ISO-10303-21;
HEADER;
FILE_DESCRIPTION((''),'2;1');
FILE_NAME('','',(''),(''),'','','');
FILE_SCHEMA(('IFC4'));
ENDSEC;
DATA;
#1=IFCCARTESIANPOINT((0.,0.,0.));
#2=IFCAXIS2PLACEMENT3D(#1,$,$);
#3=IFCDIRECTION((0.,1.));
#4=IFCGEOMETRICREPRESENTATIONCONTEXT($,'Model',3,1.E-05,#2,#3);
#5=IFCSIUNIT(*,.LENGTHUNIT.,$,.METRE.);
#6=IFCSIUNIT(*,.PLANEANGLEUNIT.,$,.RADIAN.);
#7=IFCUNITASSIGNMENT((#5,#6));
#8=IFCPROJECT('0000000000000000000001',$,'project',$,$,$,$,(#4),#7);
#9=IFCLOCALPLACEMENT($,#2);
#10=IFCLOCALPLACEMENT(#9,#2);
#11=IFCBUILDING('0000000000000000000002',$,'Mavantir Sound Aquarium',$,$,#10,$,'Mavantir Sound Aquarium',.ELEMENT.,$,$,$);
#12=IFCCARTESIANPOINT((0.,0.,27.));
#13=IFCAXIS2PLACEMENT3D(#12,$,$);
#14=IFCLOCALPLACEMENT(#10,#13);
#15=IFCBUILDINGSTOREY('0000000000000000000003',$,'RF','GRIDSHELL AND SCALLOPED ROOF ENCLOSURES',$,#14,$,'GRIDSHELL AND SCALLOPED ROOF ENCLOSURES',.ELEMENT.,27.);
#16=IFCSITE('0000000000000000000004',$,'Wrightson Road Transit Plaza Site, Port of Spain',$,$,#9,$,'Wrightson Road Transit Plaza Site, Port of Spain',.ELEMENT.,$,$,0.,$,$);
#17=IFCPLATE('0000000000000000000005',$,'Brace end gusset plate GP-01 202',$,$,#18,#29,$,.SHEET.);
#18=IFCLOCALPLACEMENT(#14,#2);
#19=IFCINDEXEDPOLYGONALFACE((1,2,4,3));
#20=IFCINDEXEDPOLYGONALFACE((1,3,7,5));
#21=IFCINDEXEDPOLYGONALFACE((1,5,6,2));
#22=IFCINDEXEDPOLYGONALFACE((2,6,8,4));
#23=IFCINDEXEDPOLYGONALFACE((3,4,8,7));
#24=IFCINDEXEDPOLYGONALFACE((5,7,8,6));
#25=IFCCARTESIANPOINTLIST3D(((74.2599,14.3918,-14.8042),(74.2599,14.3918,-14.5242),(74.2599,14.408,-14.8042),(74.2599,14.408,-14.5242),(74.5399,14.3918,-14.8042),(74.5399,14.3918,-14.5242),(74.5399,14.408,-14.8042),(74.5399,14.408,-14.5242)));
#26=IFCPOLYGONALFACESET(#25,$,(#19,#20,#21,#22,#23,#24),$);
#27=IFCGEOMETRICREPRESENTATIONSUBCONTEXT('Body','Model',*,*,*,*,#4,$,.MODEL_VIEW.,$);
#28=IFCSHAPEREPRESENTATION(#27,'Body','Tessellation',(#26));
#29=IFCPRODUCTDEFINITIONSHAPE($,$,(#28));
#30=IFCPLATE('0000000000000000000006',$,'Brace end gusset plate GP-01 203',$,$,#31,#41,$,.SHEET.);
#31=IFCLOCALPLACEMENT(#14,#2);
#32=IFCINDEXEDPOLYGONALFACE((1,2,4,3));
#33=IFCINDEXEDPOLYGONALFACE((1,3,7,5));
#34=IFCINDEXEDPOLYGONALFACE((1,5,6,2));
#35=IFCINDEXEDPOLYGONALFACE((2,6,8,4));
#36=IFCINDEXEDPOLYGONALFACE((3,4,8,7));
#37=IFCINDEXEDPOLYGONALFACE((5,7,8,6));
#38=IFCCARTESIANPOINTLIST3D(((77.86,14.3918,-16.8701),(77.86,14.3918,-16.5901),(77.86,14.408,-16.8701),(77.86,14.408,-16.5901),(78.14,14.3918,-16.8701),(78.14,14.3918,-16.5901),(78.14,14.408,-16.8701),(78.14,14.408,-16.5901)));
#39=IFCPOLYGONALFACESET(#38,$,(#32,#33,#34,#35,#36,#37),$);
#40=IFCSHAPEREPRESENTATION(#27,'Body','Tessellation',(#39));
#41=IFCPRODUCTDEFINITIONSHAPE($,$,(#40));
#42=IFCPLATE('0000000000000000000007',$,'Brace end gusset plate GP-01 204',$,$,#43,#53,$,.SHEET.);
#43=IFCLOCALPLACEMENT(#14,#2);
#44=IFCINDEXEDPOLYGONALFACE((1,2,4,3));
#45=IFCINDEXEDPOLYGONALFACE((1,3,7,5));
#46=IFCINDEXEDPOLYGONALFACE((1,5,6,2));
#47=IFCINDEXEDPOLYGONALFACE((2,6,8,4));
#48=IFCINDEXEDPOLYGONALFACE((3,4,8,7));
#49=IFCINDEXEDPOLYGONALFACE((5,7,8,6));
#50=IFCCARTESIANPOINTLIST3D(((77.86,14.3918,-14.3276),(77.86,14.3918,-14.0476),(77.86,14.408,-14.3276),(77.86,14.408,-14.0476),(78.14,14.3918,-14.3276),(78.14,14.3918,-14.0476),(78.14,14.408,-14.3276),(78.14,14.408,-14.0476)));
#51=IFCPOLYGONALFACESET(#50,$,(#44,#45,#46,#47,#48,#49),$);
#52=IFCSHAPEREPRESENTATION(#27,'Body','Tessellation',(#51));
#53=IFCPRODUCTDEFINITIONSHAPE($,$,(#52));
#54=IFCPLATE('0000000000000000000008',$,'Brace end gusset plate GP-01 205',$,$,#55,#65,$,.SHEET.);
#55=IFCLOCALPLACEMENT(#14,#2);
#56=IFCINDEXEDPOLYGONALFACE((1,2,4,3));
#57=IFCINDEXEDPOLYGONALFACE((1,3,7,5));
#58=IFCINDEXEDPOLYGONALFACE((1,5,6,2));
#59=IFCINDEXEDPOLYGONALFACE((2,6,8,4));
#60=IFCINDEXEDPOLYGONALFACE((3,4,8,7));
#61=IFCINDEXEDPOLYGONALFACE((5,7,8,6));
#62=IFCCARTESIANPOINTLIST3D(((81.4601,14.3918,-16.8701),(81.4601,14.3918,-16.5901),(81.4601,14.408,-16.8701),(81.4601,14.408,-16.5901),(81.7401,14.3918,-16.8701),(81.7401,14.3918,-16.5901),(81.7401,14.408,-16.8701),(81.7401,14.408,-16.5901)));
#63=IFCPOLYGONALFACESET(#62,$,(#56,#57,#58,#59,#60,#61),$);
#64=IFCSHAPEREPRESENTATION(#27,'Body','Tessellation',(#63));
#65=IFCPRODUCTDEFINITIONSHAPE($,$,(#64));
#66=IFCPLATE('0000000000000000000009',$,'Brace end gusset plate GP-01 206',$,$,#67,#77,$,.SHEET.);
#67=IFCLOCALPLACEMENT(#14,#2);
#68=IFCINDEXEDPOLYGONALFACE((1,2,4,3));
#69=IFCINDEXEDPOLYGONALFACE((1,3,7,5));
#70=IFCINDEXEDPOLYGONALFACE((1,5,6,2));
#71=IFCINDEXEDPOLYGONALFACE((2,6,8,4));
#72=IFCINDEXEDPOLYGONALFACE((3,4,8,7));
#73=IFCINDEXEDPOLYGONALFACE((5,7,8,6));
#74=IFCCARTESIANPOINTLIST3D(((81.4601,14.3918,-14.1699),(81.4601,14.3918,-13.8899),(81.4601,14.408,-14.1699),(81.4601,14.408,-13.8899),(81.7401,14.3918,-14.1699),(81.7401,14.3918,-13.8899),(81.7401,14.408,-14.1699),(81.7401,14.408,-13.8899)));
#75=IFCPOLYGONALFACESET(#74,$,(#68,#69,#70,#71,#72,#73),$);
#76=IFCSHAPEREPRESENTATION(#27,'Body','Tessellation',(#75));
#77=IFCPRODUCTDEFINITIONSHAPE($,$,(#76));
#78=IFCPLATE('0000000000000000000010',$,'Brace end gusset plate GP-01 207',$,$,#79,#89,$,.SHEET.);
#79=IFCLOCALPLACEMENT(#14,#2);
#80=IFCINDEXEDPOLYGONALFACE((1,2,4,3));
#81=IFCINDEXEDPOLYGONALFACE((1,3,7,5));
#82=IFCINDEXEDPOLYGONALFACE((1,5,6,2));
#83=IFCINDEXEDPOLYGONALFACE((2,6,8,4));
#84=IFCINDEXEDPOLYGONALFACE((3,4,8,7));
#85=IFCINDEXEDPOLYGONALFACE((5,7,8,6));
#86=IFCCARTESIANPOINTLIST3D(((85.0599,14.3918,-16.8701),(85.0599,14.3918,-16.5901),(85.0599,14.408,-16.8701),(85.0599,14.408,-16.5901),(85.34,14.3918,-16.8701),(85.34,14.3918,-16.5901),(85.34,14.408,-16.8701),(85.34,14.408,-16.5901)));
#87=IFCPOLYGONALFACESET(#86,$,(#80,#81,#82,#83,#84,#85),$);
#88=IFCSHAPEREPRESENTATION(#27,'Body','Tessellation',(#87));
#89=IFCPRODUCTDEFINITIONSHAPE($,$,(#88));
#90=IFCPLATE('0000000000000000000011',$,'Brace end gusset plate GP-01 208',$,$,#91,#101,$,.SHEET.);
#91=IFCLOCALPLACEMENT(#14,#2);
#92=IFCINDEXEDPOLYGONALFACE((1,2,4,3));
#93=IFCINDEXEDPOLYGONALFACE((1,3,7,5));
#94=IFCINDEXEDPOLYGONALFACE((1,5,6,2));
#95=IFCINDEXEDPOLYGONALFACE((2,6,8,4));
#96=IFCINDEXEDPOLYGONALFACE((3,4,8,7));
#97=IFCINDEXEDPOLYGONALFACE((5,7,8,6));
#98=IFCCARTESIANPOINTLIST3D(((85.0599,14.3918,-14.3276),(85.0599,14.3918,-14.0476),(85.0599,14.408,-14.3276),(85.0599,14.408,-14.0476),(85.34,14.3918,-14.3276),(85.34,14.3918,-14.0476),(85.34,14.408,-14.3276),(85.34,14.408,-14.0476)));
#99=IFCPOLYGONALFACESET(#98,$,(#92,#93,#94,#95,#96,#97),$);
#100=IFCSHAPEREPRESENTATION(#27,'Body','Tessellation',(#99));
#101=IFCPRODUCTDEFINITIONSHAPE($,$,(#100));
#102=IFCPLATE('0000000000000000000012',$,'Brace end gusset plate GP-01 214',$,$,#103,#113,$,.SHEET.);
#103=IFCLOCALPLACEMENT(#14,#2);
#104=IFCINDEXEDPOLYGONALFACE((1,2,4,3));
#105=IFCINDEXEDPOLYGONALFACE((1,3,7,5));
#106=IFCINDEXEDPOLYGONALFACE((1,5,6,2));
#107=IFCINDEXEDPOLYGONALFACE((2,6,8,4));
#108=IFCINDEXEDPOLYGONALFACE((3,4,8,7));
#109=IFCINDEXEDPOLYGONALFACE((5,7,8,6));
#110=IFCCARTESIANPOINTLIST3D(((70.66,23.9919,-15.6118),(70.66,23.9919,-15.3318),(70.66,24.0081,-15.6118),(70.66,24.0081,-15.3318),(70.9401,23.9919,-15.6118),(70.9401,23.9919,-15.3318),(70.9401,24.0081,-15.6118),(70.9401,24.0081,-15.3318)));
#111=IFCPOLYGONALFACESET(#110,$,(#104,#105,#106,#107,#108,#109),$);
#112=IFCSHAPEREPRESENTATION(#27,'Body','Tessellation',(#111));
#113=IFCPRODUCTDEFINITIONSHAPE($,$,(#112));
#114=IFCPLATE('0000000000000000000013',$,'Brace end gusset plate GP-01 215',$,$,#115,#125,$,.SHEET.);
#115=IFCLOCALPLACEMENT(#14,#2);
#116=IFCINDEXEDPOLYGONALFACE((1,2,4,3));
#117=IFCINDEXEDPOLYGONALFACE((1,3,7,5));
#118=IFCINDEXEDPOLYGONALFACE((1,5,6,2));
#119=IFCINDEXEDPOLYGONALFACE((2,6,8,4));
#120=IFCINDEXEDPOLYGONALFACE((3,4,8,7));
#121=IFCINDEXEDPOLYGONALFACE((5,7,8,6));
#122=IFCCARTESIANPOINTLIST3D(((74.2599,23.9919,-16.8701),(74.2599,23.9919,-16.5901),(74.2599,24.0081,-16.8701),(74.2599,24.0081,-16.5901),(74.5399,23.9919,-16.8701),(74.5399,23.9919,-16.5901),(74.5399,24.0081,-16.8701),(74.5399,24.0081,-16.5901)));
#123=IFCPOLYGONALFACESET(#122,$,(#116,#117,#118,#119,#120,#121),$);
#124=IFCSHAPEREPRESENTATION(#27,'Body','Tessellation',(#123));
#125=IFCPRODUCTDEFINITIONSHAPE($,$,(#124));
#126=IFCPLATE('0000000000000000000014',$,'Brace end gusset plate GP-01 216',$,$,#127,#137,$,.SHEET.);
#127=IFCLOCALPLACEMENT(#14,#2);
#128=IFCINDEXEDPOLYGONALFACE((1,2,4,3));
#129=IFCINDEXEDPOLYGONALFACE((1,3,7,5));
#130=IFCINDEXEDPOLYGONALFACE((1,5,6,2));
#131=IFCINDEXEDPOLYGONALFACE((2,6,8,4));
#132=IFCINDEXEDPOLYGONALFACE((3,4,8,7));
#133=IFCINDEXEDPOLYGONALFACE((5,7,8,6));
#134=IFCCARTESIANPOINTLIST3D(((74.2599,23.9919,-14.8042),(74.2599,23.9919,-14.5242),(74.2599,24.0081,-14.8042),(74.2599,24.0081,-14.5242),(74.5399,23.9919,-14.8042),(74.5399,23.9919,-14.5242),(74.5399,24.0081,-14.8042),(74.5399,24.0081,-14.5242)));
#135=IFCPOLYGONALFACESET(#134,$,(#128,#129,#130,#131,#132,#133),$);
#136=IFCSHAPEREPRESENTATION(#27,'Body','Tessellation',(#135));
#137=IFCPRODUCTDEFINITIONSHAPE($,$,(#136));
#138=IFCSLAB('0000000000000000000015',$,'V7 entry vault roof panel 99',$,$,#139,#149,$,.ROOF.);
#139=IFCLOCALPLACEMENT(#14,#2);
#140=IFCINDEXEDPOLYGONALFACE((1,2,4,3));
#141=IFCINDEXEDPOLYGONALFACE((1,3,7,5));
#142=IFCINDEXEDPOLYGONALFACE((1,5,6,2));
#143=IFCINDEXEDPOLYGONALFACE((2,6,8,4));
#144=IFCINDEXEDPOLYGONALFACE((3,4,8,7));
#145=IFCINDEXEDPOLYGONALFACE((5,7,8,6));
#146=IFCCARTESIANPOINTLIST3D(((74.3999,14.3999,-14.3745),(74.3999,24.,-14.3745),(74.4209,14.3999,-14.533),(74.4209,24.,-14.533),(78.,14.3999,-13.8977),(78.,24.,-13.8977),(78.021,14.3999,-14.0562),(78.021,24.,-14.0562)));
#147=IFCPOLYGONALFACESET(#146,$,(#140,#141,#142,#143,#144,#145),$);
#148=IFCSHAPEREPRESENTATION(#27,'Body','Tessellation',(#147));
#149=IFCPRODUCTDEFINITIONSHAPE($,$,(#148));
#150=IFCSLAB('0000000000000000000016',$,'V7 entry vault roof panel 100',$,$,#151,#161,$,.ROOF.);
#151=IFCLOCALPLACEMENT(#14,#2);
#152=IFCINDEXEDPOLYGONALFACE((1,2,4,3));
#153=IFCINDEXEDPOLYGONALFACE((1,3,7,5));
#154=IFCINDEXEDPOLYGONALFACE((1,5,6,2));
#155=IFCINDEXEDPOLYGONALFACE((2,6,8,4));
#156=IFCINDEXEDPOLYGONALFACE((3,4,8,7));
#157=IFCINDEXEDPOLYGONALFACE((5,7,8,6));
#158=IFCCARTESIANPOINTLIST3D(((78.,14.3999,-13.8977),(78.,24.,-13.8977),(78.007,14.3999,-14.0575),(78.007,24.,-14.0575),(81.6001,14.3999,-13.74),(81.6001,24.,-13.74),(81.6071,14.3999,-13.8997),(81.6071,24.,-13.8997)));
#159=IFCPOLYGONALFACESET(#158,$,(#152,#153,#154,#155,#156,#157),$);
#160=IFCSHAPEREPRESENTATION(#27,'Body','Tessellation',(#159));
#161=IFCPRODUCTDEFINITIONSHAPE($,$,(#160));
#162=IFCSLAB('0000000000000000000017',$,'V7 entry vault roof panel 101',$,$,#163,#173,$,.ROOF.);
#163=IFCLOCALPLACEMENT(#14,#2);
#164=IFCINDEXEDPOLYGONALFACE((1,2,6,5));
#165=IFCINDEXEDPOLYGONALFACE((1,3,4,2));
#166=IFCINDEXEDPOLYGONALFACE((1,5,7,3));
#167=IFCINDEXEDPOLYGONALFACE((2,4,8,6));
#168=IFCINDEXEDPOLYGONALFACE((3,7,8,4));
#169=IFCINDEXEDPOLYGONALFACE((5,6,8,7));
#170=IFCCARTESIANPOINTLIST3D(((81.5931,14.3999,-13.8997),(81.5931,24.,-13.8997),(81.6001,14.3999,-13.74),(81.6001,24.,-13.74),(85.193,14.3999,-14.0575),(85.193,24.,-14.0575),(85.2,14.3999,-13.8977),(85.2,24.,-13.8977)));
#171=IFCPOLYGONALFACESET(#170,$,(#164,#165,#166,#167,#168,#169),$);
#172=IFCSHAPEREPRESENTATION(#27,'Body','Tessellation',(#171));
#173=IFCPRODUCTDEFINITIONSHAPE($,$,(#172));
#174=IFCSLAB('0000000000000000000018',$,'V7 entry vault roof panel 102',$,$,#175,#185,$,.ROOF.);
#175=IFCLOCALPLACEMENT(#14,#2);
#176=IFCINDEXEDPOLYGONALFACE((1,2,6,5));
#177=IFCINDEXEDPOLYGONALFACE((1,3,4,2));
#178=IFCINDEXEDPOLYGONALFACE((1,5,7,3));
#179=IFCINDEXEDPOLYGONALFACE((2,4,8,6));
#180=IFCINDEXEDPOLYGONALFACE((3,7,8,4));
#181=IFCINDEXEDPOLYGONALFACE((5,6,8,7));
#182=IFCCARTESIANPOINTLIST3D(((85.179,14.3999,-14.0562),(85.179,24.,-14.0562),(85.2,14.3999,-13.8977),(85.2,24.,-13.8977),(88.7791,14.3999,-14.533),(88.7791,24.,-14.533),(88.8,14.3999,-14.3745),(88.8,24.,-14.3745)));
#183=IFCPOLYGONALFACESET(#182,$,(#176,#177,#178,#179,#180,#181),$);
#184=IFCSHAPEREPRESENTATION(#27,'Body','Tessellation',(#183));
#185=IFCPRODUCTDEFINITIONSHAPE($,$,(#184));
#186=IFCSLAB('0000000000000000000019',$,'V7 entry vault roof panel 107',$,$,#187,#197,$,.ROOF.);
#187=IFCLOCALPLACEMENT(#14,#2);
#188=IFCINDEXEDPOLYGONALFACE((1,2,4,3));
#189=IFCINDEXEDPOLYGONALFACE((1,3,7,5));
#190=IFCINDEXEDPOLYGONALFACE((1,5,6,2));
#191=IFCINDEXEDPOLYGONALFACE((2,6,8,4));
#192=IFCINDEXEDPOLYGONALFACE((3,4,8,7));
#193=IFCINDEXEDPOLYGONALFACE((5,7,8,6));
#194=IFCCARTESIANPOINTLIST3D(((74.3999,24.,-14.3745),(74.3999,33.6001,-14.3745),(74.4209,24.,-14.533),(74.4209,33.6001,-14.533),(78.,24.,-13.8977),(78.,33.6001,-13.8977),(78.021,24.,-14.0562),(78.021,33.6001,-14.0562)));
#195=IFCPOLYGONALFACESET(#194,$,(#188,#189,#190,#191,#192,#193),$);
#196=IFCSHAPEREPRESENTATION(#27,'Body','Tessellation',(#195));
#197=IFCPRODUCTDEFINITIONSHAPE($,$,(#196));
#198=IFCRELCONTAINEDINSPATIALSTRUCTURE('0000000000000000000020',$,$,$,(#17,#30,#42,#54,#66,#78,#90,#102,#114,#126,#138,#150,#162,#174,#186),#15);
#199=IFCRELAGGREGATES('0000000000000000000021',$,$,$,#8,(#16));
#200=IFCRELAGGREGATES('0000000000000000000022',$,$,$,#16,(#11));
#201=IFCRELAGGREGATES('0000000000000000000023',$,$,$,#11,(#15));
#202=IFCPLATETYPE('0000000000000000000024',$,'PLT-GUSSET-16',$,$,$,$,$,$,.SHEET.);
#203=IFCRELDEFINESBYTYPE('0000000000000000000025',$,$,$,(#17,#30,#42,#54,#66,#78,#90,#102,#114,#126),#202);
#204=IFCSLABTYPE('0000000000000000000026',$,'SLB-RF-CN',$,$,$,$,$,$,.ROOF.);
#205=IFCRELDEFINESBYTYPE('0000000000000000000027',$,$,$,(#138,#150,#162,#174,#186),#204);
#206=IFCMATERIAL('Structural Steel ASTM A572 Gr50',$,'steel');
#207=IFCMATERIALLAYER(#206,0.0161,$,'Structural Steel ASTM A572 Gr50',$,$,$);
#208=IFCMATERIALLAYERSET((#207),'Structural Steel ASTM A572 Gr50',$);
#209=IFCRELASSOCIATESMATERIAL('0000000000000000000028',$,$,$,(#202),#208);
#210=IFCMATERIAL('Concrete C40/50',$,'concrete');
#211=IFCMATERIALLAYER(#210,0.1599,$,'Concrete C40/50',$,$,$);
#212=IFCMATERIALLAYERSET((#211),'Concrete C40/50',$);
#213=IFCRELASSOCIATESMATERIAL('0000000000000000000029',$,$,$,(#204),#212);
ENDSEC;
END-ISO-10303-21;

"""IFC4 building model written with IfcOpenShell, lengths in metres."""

from ifc_helpers import new_model, si_unit, direction, frame, origin, origin_2d, place, context, subcontext, project, spatial, polyline, rectangle, outline, extrude, material, layer, layer_set, type_object, element, save


model = new_model("IFC4")

# Units and contexts
model_context = context("Model", 3, precision=1e-05, world=origin(), true_north=direction((0.0, 1.0)))
body_context = subcontext(model_context, "Body", "Model", "MODEL_VIEW")
ifc_project = project(units=[si_unit("LENGTHUNIT", "METRE"), si_unit("PLANEANGLEUNIT", "RADIAN")], contexts=[model_context])

# Site, building, storey
site_placement = place(None, origin())
site = spatial("IfcSite", under=ifc_project, at=site_placement, Name="Wrightson Road Transit Plaza Site, Port of Spain", LongName="Wrightson Road Transit Plaza Site, Port of Spain", CompositionType="ELEMENT", RefElevation=0.0)
building_placement = place(site_placement, origin())
building = spatial("IfcBuilding", under=site, at=building_placement, Name="Mavantir Sound Aquarium", LongName="Mavantir Sound Aquarium", CompositionType="ELEMENT")
storey_placement = place(building_placement, frame((0.0, 0.0, 27.0)))
storey = spatial("IfcBuildingStorey", under=building, at=storey_placement, Name="RF", Description="GRIDSHELL AND SCALLOPED ROOF ENCLOSURES", LongName="GRIDSHELL AND SCALLOPED ROOF ENCLOSURES", CompositionType="ELEMENT", Elevation=27.0)

# Plates
ifc_material_1 = material(Name="Structural Steel ASTM A572 Gr50", Category="steel")
ifc_layer_1 = layer(ifc_material_1, 0.0161, Name="Structural Steel ASTM A572 Gr50")
ifc_layer_set_1 = layer_set([ifc_layer_1], Name="Structural Steel ASTM A572 Gr50")
plate_type_1 = type_object("IfcPlateType", Name="PLT-GUSSET-16", PredefinedType="SHEET", material=ifc_layer_set_1)
for number, where, z_axis, x_axis, name in (
    (1, (74.3999, 14.3999, -14.8042), (0.0, 0.0, 1.0), (1.0, 0.0, 0.0), "Brace end gusset plate GP-01 202"),
    (2, (78.0, 14.3999, -16.8701), (0.0, 0.0, 1.0), (1.0, 0.0, 0.0), "Brace end gusset plate GP-01 203"),
    (3, (78.0, 14.3999, -14.3276), (0.0, 0.0, 1.0), (1.0, 0.0, 0.0), "Brace end gusset plate GP-01 204"),
    (4, (81.6001, 14.3999, -16.8701), (0.0, 0.0, 1.0), (1.0, 0.0, 0.0), "Brace end gusset plate GP-01 205"),
    (5, (81.6001, 14.3999, -14.1699), (0.0, 0.0, 1.0), (1.0, 0.0, 0.0), "Brace end gusset plate GP-01 206"),
    (6, (85.2, 14.3999, -16.8701), (0.0, 0.0, 1.0), (1.0, 0.0, 0.0), "Brace end gusset plate GP-01 207"),
    (7, (85.2, 14.3999, -14.3276), (0.0, 0.0, 1.0), (1.0, 0.0, 0.0), "Brace end gusset plate GP-01 208"),
    (8, (70.8, 24.0, -15.6118), (0.0, 0.0, 1.0), (1.0, 0.0, 0.0), "Brace end gusset plate GP-01 214"),
    (9, (74.3999, 24.0, -16.8701), (0.0, 0.0, 1.0), (1.0, 0.0, 0.0), "Brace end gusset plate GP-01 215"),
    (10, (74.3999, 24.0, -14.8042), (0.0, 0.0, 1.0), (1.0, 0.0, 0.0), "Brace end gusset plate GP-01 216"),
):
    element("IfcPlate", number, at=place(storey_placement, frame(where, z_axis=z_axis, x_axis=x_axis)), inside=storey, type_object=plate_type_1, Name=name, PredefinedType="SHEET", context=body_context, shape_type="SweptSolid", body=[
        extrude(rectangle(XDim=0.28, YDim=0.0161, at=origin_2d()), origin(), (0.0, 0.0, 1.0), 0.28),
    ])

# Slabs
ifc_material_2 = material(Name="Concrete C40/50", Category="concrete")
ifc_layer_2 = layer(ifc_material_2, 0.1599, Name="Concrete C40/50")
ifc_layer_set_2 = layer_set([ifc_layer_2], Name="Concrete C40/50")
slab_type = type_object("IfcSlabType", Name="SLB-RF-CN", PredefinedType="ROOF", material=ifc_layer_set_2)
slab_1_placement = place(storey_placement, frame((74.3999, 14.3999, -14.3745), z_axis=(-0.131296, 0.0, 0.991343), x_axis=(0.991343, 0.0, 0.131296)))
element("IfcSlab", 11, at=slab_1_placement, inside=storey, type_object=slab_type, Name="V7 entry vault roof panel 99", PredefinedType="ROOF", context=body_context, shape_type="SweptSolid", body=[
    extrude(outline(polyline([(0.0, 0.0), (3.6315, 0.0), (3.6315, 9.6001), (0.0, 9.6001), (0.0, 0.0)])), origin(), (0.0, 0.0, -1.0), 0.1599),
])
slab_2_placement = place(storey_placement, frame((78.0, 14.3999, -13.8977), z_axis=(-0.043767, 0.0, 0.999042), x_axis=(0.999042, 0.0, 0.043767)))
element("IfcSlab", 12, at=slab_2_placement, inside=storey, type_object=slab_type, Name="V7 entry vault roof panel 100", PredefinedType="ROOF", context=body_context, shape_type="SweptSolid", body=[
    extrude(outline(polyline([(0.0, 0.0), (3.6036, 0.0), (3.6036, 9.6001), (0.0, 9.6001), (0.0, 0.0)])), origin(), (0.0, 0.0, -1.0), 0.1599),
])
slab_3_placement = place(storey_placement, frame((81.6001, 14.3999, -13.74), z_axis=(0.043769, 0.0, 0.999042), x_axis=(0.999042, 0.0, -0.043769)))
element("IfcSlab", 13, at=slab_3_placement, inside=storey, type_object=slab_type, Name="V7 entry vault roof panel 101", PredefinedType="ROOF", context=body_context, shape_type="SweptSolid", body=[
    extrude(outline(polyline([(0.0, 0.0), (3.6033, 0.0), (3.6033, 9.6001), (0.0, 9.6001), (0.0, 0.0)])), origin(), (0.0, 0.0, -1.0), 0.1599),
])
for number, where, z_axis, x_axis, name in (
    (14, (85.2, 14.3999, -13.8977), (0.131296, 0.0, 0.991343), (0.991343, 0.0, -0.131296), "V7 entry vault roof panel 102"),
    (15, (74.3999, 24.0, -14.3745), (-0.131296, 0.0, 0.991343), (0.991343, 0.0, 0.131296), "V7 entry vault roof panel 107"),
):
    element("IfcSlab", number, at=place(storey_placement, frame(where, z_axis=z_axis, x_axis=x_axis)), inside=storey, type_object=slab_type, Name=name, PredefinedType="ROOF", context=body_context, shape_type="SweptSolid", body=[
        extrude(outline(polyline([(0.0, 0.0), (3.6315, 0.0), (3.6315, 9.6001), (0.0, 9.6001), (0.0, 0.0)])), origin(), (0.0, 0.0, -1.0), 0.1599),
    ])

save(model, "model.ifc")
